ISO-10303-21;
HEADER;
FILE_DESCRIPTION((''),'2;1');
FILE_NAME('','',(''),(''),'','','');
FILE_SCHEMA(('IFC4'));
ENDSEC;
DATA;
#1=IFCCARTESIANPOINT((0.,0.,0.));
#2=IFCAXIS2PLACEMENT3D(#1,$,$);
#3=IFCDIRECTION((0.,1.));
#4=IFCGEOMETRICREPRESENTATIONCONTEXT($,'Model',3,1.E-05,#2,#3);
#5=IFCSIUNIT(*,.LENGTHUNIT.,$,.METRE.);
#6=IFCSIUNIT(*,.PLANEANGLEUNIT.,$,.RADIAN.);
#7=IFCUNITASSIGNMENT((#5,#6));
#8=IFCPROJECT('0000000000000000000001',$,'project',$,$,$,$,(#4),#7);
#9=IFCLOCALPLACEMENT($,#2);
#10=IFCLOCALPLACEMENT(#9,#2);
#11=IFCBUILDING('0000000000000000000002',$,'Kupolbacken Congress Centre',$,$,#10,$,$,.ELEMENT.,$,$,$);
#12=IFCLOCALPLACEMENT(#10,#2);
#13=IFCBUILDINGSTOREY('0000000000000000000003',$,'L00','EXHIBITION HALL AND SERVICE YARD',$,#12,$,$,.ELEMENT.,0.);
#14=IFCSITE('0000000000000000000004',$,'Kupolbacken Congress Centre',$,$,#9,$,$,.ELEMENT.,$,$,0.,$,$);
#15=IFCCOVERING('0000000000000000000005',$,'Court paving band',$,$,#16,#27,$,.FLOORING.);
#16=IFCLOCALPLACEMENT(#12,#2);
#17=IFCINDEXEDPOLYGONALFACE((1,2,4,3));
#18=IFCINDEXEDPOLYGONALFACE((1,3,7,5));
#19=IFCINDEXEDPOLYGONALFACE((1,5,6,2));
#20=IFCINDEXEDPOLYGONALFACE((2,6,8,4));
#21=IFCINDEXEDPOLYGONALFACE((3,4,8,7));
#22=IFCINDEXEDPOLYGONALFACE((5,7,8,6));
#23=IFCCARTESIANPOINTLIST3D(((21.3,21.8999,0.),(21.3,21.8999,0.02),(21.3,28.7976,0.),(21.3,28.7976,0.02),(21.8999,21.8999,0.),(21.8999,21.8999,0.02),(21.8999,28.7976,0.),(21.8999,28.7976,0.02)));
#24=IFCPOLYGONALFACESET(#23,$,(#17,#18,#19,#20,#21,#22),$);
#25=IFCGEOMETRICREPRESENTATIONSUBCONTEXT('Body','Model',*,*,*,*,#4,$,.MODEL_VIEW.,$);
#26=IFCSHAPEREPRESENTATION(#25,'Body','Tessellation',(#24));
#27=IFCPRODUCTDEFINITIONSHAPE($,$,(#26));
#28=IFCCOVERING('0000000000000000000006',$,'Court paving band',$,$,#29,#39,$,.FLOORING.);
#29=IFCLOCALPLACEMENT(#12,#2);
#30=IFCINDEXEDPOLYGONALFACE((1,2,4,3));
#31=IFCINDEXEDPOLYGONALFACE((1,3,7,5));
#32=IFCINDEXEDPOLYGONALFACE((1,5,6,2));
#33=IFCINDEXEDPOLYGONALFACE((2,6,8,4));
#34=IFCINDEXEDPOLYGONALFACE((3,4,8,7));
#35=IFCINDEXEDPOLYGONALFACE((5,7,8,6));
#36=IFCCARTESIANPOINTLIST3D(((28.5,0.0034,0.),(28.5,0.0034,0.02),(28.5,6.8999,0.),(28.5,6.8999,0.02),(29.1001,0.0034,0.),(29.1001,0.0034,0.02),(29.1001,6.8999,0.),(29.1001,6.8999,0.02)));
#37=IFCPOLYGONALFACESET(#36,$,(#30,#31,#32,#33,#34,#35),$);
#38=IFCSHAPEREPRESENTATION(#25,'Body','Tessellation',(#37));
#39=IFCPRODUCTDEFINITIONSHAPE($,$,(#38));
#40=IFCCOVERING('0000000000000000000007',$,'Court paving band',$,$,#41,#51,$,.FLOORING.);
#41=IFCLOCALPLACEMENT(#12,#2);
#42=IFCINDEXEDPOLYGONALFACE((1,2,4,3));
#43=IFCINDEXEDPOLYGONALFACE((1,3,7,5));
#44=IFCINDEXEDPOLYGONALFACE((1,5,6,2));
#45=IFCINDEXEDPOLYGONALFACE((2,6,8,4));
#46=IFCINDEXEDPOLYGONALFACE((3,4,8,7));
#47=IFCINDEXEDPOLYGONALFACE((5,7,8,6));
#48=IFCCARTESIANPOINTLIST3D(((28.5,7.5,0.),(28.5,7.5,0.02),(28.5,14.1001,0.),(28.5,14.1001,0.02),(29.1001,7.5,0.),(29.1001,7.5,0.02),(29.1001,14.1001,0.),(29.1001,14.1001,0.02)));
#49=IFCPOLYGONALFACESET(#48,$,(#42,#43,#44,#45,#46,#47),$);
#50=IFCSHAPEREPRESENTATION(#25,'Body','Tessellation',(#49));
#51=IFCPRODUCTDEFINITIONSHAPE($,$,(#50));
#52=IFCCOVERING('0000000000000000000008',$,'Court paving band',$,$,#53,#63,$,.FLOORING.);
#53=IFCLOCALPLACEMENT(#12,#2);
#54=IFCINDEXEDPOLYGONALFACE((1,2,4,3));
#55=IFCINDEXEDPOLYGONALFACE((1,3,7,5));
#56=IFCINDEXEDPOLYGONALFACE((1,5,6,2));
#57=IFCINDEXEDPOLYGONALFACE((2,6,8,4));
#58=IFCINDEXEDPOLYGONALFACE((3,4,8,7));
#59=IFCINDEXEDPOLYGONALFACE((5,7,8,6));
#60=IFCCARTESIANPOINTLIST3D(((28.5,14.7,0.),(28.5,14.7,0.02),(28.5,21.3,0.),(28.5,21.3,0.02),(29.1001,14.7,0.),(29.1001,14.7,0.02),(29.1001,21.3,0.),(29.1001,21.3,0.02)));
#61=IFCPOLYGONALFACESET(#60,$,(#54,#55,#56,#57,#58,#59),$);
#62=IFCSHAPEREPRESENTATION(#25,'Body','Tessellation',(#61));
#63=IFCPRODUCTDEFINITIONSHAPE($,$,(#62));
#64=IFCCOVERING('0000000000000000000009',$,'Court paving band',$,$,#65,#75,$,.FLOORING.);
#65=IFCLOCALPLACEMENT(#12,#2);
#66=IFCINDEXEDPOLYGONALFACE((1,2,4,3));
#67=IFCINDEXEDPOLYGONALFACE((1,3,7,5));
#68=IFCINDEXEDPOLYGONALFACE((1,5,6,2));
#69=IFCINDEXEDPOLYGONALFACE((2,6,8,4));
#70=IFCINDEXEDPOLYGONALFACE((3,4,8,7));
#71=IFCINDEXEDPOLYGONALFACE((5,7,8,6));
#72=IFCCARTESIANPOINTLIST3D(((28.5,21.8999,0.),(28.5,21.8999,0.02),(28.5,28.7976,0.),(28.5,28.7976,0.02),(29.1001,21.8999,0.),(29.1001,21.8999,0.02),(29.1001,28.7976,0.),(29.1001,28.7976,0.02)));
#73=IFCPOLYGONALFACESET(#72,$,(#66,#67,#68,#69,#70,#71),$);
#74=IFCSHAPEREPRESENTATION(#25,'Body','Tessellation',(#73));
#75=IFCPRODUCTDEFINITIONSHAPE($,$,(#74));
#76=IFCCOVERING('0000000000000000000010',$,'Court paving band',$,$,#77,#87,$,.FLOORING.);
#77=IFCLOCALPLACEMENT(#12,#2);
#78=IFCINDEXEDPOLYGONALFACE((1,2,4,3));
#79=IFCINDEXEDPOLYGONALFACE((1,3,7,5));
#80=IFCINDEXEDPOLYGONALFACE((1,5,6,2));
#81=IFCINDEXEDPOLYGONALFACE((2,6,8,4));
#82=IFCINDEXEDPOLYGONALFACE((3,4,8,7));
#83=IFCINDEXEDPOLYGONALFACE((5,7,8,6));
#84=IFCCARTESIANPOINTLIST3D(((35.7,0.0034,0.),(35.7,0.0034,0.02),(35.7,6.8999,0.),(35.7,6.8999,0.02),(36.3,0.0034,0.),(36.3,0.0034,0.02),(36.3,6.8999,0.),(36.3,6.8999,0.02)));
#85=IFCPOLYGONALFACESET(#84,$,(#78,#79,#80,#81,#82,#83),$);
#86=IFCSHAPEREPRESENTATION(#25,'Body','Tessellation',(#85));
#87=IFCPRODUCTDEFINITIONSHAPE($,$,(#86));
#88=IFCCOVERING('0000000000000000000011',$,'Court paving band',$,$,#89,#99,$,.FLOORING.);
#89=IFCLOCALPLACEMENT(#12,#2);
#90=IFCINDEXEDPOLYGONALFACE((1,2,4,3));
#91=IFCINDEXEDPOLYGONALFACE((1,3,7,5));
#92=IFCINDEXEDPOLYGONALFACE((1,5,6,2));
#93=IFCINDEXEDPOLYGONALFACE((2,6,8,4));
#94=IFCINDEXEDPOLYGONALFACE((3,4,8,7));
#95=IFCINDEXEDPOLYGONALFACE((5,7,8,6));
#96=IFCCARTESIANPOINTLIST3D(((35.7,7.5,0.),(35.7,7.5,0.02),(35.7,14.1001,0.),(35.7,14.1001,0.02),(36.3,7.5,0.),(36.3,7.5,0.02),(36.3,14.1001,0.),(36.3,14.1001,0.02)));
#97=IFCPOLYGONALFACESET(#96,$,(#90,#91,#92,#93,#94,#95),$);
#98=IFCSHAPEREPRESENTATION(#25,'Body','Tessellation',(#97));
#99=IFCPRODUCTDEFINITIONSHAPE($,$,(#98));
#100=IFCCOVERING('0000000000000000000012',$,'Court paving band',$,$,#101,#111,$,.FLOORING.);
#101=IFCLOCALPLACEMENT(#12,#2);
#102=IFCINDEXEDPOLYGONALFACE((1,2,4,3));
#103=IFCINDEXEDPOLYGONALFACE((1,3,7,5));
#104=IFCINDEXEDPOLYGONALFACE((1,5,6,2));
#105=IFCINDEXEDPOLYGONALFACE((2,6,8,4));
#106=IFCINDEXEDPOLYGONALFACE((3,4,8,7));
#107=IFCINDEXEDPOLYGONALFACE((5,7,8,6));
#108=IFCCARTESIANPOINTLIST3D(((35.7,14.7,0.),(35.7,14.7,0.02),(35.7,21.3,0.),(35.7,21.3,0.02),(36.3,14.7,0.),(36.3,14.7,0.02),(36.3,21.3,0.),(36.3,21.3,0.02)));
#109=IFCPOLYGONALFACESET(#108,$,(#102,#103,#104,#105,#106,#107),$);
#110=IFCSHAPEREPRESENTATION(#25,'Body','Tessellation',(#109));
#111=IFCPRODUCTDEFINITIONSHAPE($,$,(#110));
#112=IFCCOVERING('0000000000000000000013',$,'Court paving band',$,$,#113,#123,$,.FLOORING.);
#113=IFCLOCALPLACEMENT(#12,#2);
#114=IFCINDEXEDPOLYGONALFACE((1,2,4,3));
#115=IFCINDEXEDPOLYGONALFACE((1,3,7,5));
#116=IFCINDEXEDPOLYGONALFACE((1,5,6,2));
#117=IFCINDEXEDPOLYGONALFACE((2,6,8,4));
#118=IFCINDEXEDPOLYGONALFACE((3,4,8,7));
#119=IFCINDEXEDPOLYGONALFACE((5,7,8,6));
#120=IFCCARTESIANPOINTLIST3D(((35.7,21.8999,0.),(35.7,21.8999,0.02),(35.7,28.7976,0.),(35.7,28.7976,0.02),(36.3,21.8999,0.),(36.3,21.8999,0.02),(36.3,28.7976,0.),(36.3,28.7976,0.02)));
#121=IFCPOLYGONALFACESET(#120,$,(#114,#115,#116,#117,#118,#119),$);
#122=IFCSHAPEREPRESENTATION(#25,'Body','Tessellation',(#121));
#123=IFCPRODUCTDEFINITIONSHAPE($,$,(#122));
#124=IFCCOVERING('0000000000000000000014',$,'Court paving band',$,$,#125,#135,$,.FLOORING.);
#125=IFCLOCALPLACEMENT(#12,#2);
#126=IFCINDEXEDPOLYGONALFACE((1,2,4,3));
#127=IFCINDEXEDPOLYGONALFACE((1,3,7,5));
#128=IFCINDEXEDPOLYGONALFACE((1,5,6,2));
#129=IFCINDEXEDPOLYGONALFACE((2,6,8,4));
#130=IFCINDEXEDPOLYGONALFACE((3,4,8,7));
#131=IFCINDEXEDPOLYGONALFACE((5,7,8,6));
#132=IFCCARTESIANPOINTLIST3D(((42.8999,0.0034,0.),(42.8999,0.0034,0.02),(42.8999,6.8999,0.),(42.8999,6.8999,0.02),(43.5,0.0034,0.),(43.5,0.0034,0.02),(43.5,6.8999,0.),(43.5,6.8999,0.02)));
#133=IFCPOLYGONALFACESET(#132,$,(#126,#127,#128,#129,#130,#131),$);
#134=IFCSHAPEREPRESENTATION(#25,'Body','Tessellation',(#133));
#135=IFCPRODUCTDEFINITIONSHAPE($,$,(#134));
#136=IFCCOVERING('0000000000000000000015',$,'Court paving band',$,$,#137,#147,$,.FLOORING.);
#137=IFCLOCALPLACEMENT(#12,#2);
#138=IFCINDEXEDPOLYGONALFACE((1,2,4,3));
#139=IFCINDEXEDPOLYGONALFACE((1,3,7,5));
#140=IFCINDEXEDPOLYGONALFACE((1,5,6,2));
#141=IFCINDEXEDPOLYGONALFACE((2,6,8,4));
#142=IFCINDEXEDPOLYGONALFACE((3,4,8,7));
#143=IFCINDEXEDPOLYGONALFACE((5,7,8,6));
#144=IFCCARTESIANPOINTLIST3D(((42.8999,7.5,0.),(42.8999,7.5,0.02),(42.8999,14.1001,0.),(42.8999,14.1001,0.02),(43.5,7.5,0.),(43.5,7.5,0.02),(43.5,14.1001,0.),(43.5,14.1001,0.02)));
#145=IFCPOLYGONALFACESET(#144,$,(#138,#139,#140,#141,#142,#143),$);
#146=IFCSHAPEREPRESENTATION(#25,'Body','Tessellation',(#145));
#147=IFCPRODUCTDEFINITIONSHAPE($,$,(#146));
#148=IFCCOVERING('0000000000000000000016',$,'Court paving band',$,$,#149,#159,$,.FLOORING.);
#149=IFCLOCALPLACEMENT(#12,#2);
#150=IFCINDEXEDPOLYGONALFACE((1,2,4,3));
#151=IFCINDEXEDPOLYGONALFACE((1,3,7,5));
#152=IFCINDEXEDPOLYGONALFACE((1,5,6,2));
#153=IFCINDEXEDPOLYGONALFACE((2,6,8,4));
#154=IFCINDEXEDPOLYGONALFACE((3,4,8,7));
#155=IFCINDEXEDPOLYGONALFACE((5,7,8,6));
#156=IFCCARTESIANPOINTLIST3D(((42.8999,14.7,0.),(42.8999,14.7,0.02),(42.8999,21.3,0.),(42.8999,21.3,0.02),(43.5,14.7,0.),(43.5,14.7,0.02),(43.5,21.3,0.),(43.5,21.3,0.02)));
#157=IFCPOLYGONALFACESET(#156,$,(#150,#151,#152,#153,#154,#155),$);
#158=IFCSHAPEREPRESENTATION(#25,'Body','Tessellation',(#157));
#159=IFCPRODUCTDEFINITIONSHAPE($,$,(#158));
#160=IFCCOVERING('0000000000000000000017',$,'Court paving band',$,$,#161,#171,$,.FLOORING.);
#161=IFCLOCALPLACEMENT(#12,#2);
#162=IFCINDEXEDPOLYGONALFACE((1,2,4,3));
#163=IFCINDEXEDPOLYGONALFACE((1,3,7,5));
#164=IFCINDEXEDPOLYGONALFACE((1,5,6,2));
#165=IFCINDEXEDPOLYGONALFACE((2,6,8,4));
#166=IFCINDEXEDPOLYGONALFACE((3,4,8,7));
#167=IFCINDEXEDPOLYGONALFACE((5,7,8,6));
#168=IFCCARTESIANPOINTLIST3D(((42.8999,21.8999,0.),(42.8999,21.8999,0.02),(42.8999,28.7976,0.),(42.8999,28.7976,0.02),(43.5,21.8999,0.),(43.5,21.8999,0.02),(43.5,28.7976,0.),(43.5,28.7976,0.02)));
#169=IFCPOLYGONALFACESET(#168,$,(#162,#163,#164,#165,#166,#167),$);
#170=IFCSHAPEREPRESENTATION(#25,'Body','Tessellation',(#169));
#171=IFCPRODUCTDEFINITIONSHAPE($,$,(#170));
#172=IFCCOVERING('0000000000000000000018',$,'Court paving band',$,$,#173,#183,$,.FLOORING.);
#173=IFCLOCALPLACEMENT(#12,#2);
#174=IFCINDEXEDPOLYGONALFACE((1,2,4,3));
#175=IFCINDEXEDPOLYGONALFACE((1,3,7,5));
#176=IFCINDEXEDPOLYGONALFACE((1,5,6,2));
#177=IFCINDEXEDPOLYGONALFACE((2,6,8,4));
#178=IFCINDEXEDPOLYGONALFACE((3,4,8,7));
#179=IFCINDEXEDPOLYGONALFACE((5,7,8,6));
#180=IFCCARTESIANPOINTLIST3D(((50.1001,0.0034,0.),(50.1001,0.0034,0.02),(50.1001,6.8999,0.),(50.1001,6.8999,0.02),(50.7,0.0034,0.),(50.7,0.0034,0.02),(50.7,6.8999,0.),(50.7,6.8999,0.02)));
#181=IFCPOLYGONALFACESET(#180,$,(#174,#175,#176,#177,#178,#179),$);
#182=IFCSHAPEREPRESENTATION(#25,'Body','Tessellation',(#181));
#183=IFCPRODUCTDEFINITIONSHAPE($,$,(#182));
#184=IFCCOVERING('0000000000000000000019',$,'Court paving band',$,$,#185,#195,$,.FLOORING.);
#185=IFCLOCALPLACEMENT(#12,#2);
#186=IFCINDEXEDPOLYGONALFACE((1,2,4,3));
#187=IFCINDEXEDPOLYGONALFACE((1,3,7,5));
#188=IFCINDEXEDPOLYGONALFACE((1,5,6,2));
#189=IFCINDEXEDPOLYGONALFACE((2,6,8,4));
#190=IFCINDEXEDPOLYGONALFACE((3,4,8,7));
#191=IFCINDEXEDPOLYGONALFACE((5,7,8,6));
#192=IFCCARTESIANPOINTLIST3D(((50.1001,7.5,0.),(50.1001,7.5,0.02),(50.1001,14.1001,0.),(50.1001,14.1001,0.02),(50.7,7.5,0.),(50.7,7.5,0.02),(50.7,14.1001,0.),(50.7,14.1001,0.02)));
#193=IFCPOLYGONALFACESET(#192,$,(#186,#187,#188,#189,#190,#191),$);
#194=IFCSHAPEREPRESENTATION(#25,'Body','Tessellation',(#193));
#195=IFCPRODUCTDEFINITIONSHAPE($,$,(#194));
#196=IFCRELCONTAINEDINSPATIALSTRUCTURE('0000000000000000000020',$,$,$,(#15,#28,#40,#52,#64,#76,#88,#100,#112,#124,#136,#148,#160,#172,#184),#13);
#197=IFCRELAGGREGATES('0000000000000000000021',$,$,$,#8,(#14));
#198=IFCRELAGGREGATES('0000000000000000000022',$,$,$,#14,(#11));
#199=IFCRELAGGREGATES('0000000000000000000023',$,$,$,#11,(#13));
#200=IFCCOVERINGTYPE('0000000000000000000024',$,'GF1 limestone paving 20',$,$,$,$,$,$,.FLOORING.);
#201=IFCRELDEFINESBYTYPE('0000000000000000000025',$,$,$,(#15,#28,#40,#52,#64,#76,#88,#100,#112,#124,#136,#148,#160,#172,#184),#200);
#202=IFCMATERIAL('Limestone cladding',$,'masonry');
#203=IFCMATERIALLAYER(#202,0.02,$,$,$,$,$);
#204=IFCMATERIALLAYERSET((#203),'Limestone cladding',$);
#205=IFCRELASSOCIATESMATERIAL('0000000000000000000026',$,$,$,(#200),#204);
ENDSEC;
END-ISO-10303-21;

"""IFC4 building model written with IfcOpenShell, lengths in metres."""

from ifc_helpers import new_model, si_unit, direction, origin, place, context, subcontext, project, spatial, polyline, outline, extrude, material, layer, layer_set, type_object, element, save


model = new_model("IFC4")

# Units and contexts
model_context = context("Model", 3, precision=1e-05, world=origin(), true_north=direction((0.0, 1.0)))
body_context = subcontext(model_context, "Body", "Model", "MODEL_VIEW")
ifc_project = project(units=[si_unit("LENGTHUNIT", "METRE"), si_unit("PLANEANGLEUNIT", "RADIAN")], contexts=[model_context])

# Site, building, storey
site_placement = place(None, origin())
site = spatial("IfcSite", under=ifc_project, at=site_placement, Name="Kupolbacken Congress Centre", CompositionType="ELEMENT", RefElevation=0.0)
building_placement = place(site_placement, origin())
building = spatial("IfcBuilding", under=site, at=building_placement, Name="Kupolbacken Congress Centre", CompositionType="ELEMENT")
storey_placement = place(building_placement, origin())
storey = spatial("IfcBuildingStorey", under=building, at=storey_placement, Name="L00", Description="EXHIBITION HALL AND SERVICE YARD", CompositionType="ELEMENT", Elevation=0.0)

# Coverings
ifc_material = material(Name="Limestone cladding", Category="masonry")
ifc_layer = layer(ifc_material, 0.02)
ifc_layer_set = layer_set([ifc_layer], Name="Limestone cladding")
covering_type = type_object("IfcCoveringType", Name="GF1 limestone paving 20", PredefinedType="FLOORING", material=ifc_layer_set)
covering_1_placement = place(storey_placement, origin())
element("IfcCovering", 1, at=covering_1_placement, inside=storey, type_object=covering_type, Name="Court paving band", PredefinedType="FLOORING", context=body_context, shape_type="SweptSolid", body=[
    extrude(outline(polyline([(21.8999, 21.8999), (21.3, 21.8999), (21.3, 28.7976), (21.8999, 28.7976), (21.8999, 21.8999)])), origin(), (0.0, 0.0, 1.0), 0.02),
])
covering_2_placement = place(storey_placement, origin())
element("IfcCovering", 2, at=covering_2_placement, inside=storey, type_object=covering_type, Name="Court paving band", PredefinedType="FLOORING", context=body_context, shape_type="SweptSolid", body=[
    extrude(outline(polyline([(28.5, 6.8999), (29.1001, 6.8999), (29.1001, 0.0034), (28.5, 0.0034), (28.5, 6.8999)])), origin(), (0.0, 0.0, 1.0), 0.02),
])
covering_3_placement = place(storey_placement, origin())
element("IfcCovering", 3, at=covering_3_placement, inside=storey, type_object=covering_type, Name="Court paving band", PredefinedType="FLOORING", context=body_context, shape_type="SweptSolid", body=[
    extrude(outline(polyline([(28.5, 7.5), (28.5, 14.1001), (29.1001, 14.1001), (29.1001, 7.5), (28.5, 7.5)])), origin(), (0.0, 0.0, 1.0), 0.02),
])
covering_4_placement = place(storey_placement, origin())
element("IfcCovering", 4, at=covering_4_placement, inside=storey, type_object=covering_type, Name="Court paving band", PredefinedType="FLOORING", context=body_context, shape_type="SweptSolid", body=[
    extrude(outline(polyline([(28.5, 14.7), (28.5, 21.3), (29.1001, 21.3), (29.1001, 14.7), (28.5, 14.7)])), origin(), (0.0, 0.0, 1.0), 0.02),
])
covering_5_placement = place(storey_placement, origin())
element("IfcCovering", 5, at=covering_5_placement, inside=storey, type_object=covering_type, Name="Court paving band", PredefinedType="FLOORING", context=body_context, shape_type="SweptSolid", body=[
    extrude(outline(polyline([(29.1001, 21.8999), (28.5, 21.8999), (28.5, 28.7976), (29.1001, 28.7976), (29.1001, 21.8999)])), origin(), (0.0, 0.0, 1.0), 0.02),
])
covering_6_placement = place(storey_placement, origin())
element("IfcCovering", 6, at=covering_6_placement, inside=storey, type_object=covering_type, Name="Court paving band", PredefinedType="FLOORING", context=body_context, shape_type="SweptSolid", body=[
    extrude(outline(polyline([(35.7, 6.8999), (36.3, 6.8999), (36.3, 0.0034), (35.7, 0.0034), (35.7, 6.8999)])), origin(), (0.0, 0.0, 1.0), 0.02),
])
covering_7_placement = place(storey_placement, origin())
element("IfcCovering", 7, at=covering_7_placement, inside=storey, type_object=covering_type, Name="Court paving band", PredefinedType="FLOORING", context=body_context, shape_type="SweptSolid", body=[
    extrude(outline(polyline([(35.7, 7.5), (35.7, 14.1001), (36.3, 14.1001), (36.3, 7.5), (35.7, 7.5)])), origin(), (0.0, 0.0, 1.0), 0.02),
])
covering_8_placement = place(storey_placement, origin())
element("IfcCovering", 8, at=covering_8_placement, inside=storey, type_object=covering_type, Name="Court paving band", PredefinedType="FLOORING", context=body_context, shape_type="SweptSolid", body=[
    extrude(outline(polyline([(35.7, 14.7), (35.7, 21.3), (36.3, 21.3), (36.3, 14.7), (35.7, 14.7)])), origin(), (0.0, 0.0, 1.0), 0.02),
])
covering_9_placement = place(storey_placement, origin())
element("IfcCovering", 9, at=covering_9_placement, inside=storey, type_object=covering_type, Name="Court paving band", PredefinedType="FLOORING", context=body_context, shape_type="SweptSolid", body=[
    extrude(outline(polyline([(36.3, 21.8999), (35.7, 21.8999), (35.7, 28.7976), (36.3, 28.7976), (36.3, 21.8999)])), origin(), (0.0, 0.0, 1.0), 0.02),
])
covering_10_placement = place(storey_placement, origin())
element("IfcCovering", 10, at=covering_10_placement, inside=storey, type_object=covering_type, Name="Court paving band", PredefinedType="FLOORING", context=body_context, shape_type="SweptSolid", body=[
    extrude(outline(polyline([(42.8999, 6.8999), (43.5, 6.8999), (43.5, 0.0034), (42.8999, 0.0034), (42.8999, 6.8999)])), origin(), (0.0, 0.0, 1.0), 0.02),
])
covering_11_placement = place(storey_placement, origin())
element("IfcCovering", 11, at=covering_11_placement, inside=storey, type_object=covering_type, Name="Court paving band", PredefinedType="FLOORING", context=body_context, shape_type="SweptSolid", body=[
    extrude(outline(polyline([(42.8999, 7.5), (42.8999, 14.1001), (43.5, 14.1001), (43.5, 7.5), (42.8999, 7.5)])), origin(), (0.0, 0.0, 1.0), 0.02),
])
covering_12_placement = place(storey_placement, origin())
element("IfcCovering", 12, at=covering_12_placement, inside=storey, type_object=covering_type, Name="Court paving band", PredefinedType="FLOORING", context=body_context, shape_type="SweptSolid", body=[
    extrude(outline(polyline([(42.8999, 14.7), (42.8999, 21.3), (43.5, 21.3), (43.5, 14.7), (42.8999, 14.7)])), origin(), (0.0, 0.0, 1.0), 0.02),
])
covering_13_placement = place(storey_placement, origin())
element("IfcCovering", 13, at=covering_13_placement, inside=storey, type_object=covering_type, Name="Court paving band", PredefinedType="FLOORING", context=body_context, shape_type="SweptSolid", body=[
    extrude(outline(polyline([(43.5, 21.8999), (42.8999, 21.8999), (42.8999, 28.7976), (43.5, 28.7976), (43.5, 21.8999)])), origin(), (0.0, 0.0, 1.0), 0.02),
])
covering_14_placement = place(storey_placement, origin())
element("IfcCovering", 14, at=covering_14_placement, inside=storey, type_object=covering_type, Name="Court paving band", PredefinedType="FLOORING", context=body_context, shape_type="SweptSolid", body=[
    extrude(outline(polyline([(50.1001, 6.8999), (50.7, 6.8999), (50.7, 0.0034), (50.1001, 0.0034), (50.1001, 6.8999)])), origin(), (0.0, 0.0, 1.0), 0.02),
])
covering_15_placement = place(storey_placement, origin())
element("IfcCovering", 15, at=covering_15_placement, inside=storey, type_object=covering_type, Name="Court paving band", PredefinedType="FLOORING", context=body_context, shape_type="SweptSolid", body=[
    extrude(outline(polyline([(50.1001, 7.5), (50.1001, 14.1001), (50.7, 14.1001), (50.7, 7.5), (50.1001, 7.5)])), origin(), (0.0, 0.0, 1.0), 0.02),
])

save(model, "model.ifc")
